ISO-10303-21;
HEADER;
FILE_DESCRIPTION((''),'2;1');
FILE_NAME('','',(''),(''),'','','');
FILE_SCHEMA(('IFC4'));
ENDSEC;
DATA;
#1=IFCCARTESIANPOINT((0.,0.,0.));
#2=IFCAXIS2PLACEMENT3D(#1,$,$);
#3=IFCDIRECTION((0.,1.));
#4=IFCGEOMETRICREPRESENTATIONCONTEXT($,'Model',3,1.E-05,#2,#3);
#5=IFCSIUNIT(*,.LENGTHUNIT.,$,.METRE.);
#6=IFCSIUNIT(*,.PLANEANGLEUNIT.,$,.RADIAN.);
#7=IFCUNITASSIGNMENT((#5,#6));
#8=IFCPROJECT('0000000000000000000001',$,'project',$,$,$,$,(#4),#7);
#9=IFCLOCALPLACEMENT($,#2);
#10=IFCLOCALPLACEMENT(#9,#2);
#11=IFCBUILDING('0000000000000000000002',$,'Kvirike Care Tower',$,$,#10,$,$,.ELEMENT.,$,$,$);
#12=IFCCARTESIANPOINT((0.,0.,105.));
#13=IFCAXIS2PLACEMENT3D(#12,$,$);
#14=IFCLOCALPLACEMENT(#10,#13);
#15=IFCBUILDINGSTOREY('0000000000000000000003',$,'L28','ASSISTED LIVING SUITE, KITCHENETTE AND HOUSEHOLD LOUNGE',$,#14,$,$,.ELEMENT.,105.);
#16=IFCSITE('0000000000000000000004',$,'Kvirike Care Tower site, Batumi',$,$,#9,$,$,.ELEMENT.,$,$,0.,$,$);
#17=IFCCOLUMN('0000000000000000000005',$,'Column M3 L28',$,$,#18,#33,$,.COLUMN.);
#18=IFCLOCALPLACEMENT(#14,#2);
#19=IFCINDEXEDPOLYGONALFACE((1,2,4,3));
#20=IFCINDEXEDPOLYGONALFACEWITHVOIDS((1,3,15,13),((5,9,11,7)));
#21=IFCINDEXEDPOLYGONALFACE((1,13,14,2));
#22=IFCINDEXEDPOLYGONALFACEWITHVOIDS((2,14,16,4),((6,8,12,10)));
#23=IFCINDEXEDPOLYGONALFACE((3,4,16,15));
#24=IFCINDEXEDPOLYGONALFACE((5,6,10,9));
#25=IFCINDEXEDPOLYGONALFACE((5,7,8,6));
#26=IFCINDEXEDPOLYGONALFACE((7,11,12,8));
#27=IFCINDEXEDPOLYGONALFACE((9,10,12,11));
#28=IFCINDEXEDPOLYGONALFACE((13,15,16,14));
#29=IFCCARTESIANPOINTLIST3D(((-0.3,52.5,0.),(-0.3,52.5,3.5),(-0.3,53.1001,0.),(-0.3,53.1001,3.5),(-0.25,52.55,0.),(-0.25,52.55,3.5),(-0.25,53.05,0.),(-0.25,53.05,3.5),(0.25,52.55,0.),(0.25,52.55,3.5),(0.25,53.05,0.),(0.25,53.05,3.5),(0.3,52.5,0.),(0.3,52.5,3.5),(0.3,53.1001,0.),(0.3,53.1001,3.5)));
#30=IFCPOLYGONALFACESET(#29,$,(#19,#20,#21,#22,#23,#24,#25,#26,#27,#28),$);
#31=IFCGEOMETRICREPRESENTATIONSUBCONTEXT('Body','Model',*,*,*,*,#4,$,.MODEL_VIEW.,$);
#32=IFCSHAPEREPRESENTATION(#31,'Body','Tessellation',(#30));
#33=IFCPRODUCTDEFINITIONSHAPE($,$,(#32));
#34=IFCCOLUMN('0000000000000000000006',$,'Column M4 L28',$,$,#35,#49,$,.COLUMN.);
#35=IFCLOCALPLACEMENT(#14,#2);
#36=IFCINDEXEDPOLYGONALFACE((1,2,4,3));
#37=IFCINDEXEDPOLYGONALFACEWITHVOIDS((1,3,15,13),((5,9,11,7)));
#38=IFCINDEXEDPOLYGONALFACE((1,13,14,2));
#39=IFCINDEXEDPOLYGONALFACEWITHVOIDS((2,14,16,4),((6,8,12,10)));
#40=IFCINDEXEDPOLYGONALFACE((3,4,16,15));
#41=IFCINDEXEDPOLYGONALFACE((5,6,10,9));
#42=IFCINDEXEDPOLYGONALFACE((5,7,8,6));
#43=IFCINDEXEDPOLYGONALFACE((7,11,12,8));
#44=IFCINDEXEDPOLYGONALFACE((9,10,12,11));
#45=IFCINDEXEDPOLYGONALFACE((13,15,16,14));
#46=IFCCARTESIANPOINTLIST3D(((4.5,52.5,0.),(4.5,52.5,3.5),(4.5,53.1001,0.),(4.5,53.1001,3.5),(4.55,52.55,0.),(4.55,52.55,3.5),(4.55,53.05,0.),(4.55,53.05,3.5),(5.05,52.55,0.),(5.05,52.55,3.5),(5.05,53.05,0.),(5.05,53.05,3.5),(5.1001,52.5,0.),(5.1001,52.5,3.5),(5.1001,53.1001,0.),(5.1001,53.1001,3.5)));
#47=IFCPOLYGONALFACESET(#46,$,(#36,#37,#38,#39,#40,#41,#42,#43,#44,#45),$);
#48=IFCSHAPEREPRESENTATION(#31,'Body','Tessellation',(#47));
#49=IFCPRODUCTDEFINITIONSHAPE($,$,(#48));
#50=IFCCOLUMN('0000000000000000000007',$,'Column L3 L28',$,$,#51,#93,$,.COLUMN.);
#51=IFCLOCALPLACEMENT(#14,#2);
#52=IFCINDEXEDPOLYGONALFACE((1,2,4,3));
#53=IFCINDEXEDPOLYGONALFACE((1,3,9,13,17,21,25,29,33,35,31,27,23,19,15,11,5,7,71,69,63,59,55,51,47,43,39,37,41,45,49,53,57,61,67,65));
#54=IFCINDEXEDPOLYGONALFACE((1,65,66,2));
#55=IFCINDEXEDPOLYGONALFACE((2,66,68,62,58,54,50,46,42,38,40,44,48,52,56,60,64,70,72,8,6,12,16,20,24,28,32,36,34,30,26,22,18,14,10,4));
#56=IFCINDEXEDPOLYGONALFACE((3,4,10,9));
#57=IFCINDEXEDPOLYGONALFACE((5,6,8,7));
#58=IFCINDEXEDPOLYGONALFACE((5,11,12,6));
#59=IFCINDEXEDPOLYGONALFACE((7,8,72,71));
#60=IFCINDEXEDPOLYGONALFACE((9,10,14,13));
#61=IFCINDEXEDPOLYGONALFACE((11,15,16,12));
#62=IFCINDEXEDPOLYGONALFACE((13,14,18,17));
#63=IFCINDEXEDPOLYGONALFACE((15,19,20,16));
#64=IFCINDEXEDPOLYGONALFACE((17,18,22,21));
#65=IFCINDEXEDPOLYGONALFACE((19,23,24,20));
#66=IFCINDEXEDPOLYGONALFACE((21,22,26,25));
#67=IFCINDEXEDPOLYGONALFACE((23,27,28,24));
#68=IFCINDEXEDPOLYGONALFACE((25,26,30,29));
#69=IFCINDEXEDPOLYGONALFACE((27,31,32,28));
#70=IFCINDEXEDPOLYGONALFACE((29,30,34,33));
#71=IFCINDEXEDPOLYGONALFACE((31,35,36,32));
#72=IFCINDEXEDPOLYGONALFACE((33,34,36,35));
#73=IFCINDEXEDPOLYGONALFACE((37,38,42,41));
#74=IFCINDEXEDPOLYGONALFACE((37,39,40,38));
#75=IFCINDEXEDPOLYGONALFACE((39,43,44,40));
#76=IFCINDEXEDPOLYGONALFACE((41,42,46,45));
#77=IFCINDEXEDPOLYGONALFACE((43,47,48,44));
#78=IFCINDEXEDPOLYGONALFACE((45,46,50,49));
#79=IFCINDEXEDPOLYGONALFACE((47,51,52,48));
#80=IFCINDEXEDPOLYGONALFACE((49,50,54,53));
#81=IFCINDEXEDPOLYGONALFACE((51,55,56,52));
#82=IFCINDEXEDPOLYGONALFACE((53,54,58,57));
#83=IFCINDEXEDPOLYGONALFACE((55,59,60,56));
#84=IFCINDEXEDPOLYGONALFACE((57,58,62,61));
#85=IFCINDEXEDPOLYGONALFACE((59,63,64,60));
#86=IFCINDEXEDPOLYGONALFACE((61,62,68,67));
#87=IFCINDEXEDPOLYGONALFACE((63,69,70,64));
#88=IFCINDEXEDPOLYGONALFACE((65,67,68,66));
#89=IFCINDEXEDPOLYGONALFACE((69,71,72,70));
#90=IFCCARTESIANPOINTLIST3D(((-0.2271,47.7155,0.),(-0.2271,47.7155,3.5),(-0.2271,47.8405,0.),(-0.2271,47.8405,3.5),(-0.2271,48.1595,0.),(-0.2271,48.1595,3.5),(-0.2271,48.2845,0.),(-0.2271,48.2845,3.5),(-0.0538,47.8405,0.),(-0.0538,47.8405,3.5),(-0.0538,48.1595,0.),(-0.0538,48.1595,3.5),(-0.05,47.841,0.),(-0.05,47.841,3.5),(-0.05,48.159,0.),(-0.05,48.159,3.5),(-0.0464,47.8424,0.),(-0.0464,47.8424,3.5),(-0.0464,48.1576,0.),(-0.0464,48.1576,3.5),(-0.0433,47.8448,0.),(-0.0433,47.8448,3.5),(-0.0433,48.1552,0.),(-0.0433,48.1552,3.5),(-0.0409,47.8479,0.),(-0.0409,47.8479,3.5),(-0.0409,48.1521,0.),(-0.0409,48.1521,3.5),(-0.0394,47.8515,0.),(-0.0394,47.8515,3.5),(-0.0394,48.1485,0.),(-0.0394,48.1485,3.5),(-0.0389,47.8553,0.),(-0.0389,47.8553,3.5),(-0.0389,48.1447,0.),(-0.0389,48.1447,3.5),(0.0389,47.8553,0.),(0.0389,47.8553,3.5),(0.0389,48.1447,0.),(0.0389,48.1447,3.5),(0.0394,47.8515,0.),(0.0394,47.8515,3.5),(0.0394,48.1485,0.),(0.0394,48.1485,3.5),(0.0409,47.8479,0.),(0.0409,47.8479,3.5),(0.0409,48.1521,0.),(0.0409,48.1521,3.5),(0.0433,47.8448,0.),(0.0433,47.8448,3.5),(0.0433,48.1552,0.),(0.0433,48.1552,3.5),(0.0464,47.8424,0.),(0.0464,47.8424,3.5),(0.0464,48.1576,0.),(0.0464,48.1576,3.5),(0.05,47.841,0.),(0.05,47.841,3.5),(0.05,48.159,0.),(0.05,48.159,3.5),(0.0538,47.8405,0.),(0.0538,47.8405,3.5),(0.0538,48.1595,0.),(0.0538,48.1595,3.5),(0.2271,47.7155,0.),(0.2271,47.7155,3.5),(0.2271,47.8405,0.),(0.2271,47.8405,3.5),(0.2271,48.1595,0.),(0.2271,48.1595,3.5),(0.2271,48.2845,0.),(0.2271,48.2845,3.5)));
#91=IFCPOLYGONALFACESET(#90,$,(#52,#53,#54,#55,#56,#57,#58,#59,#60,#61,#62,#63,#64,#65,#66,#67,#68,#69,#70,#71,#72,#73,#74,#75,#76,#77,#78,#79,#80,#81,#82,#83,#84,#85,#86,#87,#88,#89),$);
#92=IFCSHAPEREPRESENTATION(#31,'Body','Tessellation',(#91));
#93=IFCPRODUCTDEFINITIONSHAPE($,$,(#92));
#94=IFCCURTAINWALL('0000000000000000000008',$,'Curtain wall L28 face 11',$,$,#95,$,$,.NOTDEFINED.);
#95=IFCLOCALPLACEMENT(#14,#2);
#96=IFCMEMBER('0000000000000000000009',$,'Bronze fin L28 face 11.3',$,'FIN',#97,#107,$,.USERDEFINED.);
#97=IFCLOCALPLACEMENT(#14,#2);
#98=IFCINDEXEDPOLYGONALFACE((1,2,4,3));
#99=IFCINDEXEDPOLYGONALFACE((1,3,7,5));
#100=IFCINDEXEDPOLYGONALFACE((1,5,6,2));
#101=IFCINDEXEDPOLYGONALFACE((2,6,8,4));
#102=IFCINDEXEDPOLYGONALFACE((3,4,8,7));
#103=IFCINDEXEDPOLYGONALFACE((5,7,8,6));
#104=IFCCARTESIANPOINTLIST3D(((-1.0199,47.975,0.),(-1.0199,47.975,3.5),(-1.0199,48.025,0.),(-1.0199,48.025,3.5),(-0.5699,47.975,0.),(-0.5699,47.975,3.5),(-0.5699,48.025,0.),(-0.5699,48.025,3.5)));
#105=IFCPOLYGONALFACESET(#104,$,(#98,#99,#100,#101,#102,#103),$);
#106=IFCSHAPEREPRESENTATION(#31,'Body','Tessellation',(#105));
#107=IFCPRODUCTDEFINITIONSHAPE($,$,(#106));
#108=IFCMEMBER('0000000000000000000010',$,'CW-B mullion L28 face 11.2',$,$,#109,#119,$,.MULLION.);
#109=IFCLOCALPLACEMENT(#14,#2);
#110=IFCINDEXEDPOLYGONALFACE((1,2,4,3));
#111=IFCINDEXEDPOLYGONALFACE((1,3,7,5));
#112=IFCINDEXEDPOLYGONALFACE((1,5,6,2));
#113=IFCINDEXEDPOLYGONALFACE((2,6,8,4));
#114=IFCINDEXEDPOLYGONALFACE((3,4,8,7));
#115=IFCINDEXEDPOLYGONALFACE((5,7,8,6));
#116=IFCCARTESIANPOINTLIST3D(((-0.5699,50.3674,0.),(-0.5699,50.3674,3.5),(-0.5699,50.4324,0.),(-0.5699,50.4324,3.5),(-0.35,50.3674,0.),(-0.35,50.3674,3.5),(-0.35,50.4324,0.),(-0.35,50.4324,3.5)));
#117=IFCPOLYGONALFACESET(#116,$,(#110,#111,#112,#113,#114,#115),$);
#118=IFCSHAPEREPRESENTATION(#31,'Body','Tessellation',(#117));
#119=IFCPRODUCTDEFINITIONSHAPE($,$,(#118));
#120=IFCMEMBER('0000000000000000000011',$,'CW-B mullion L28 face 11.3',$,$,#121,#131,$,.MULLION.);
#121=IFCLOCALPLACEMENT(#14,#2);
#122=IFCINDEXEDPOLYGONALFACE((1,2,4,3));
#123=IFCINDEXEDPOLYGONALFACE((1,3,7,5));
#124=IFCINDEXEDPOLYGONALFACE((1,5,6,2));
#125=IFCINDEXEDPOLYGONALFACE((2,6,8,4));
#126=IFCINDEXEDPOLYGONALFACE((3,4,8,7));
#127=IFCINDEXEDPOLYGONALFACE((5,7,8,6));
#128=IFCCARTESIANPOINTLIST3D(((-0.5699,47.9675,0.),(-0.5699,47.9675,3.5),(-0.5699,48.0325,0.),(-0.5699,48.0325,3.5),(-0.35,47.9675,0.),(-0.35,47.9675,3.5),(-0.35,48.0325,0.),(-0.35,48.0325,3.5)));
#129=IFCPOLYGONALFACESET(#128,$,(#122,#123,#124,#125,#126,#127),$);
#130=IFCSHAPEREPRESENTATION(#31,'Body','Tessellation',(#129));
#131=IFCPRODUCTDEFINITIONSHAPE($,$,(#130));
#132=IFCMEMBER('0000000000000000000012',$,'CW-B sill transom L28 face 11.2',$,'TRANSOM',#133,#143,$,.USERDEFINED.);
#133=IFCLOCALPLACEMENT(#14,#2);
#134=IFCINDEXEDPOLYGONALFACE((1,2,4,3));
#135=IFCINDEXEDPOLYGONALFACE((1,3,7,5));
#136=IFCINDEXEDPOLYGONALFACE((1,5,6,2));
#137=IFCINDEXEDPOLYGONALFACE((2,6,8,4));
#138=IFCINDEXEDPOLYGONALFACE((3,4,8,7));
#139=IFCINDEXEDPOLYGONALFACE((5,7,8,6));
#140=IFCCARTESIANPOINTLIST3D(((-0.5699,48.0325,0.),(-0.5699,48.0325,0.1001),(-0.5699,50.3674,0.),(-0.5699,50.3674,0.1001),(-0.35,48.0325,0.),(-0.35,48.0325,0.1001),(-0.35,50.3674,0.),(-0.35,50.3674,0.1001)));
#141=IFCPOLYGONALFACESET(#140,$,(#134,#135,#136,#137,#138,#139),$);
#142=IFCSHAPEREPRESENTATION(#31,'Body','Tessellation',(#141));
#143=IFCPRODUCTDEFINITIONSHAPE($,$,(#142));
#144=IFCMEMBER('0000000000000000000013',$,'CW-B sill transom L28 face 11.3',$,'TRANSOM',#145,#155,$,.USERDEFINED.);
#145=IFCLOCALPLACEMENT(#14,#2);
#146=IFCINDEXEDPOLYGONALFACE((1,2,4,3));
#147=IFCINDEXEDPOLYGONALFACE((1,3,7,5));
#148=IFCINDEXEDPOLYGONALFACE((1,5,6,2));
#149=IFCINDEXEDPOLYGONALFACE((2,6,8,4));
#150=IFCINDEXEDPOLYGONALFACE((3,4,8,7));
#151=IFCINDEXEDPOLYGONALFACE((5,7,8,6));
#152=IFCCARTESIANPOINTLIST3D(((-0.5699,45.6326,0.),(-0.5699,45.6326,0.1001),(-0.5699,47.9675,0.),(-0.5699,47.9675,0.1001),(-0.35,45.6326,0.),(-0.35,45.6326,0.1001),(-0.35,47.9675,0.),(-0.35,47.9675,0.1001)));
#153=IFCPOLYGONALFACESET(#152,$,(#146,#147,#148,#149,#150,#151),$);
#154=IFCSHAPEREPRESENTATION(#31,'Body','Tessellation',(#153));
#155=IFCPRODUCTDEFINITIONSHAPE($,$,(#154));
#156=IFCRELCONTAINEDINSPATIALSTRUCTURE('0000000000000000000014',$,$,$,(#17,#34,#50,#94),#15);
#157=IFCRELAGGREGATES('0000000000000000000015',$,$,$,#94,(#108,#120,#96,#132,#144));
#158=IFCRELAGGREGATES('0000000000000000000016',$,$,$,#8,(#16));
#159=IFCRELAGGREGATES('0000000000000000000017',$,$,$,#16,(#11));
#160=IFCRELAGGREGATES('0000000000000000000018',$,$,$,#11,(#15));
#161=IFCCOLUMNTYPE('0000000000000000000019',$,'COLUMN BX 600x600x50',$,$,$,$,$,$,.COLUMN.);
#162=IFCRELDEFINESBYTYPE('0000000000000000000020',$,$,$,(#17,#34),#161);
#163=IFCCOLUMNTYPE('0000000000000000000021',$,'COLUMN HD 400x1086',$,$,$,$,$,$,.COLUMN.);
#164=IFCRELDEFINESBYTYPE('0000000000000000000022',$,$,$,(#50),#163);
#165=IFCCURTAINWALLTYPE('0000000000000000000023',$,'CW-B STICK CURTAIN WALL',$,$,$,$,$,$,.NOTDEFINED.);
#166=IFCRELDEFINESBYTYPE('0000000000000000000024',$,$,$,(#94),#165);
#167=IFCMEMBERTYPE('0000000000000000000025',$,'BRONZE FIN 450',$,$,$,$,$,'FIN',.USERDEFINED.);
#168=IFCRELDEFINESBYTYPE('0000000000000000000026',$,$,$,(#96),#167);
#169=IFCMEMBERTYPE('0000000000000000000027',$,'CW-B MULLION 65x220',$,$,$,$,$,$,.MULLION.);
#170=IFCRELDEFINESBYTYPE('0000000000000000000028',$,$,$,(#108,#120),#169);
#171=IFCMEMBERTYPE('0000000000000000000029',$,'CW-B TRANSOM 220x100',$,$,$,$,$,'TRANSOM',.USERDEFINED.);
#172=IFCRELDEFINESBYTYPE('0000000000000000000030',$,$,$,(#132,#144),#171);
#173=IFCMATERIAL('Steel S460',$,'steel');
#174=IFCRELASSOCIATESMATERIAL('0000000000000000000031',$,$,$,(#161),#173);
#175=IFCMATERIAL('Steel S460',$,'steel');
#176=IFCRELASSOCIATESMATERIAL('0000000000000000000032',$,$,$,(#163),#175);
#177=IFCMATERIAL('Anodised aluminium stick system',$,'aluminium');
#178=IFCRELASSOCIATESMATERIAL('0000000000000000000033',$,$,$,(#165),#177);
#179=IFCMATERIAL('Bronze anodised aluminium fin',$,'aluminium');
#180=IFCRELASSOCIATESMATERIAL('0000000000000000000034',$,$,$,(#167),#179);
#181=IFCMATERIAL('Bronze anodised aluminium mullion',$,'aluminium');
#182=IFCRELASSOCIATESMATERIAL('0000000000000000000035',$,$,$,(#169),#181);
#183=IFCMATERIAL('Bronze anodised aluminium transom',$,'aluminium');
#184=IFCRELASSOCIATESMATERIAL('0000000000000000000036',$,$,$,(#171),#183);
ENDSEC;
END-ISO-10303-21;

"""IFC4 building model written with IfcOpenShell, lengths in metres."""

from ifc_helpers import new_model, si_unit, direction, frame, origin, origin_2d, place, context, subcontext, project, spatial, rectangle, hollow_rectangle, i_section, extrude, material, material_profile, profile_set, type_object, element, aggregate, save


model = new_model("IFC4")

# Units and contexts
model_context = context("Model", 3, precision=1e-05, world=origin(), true_north=direction((0.0, 1.0)))
body_context = subcontext(model_context, "Body", "Model", "MODEL_VIEW")
ifc_project = project(units=[si_unit("LENGTHUNIT", "METRE"), si_unit("PLANEANGLEUNIT", "RADIAN")], contexts=[model_context])

# Site, building, storey
site_placement = place(None, origin())
site = spatial("IfcSite", under=ifc_project, at=site_placement, Name="Kvirike Care Tower site, Batumi", CompositionType="ELEMENT", RefElevation=0.0)
building_placement = place(site_placement, origin())
building = spatial("IfcBuilding", under=site, at=building_placement, Name="Kvirike Care Tower", CompositionType="ELEMENT")
storey_placement = place(building_placement, frame((0.0, 0.0, 105.0)))
storey = spatial("IfcBuildingStorey", under=building, at=storey_placement, Name="L28", Description="ASSISTED LIVING SUITE, KITCHENETTE AND HOUSEHOLD LOUNGE", CompositionType="ELEMENT", Elevation=105.0)

# Columns
ifc_material_1 = material(Name="Steel S460", Category="steel")
ifc_material_profile_1 = material_profile(ifc_material_1, hollow_rectangle(XDim=0.6001, YDim=0.6001, WallThickness=0.05, at=origin_2d()), Name="BX 600x600x50")
ifc_profile_set_1 = profile_set([ifc_material_profile_1], Name="Steel S460")
column_type_1 = type_object("IfcColumnType", Name="COLUMN BX 600x600x50", PredefinedType="COLUMN", material=ifc_profile_set_1)
for number, where, z_axis, x_axis, name in (
    (1, (0.0, 52.8, 0.0), (0.0, 0.0, 1.0), (0.0, 1.0, 0.0), "Column M3 L28"),
    (2, (4.8, 52.8, 0.0), (0.0, 0.0, 1.0), (0.0, 1.0, 0.0), "Column M4 L28"),
):
    element("IfcColumn", number, at=place(storey_placement, frame(where, z_axis=z_axis, x_axis=x_axis)), inside=storey, type_object=column_type_1, Name=name, PredefinedType="COLUMN", context=body_context, shape_type="SweptSolid", body=[
        extrude(hollow_rectangle(XDim=0.6001, YDim=0.6001, WallThickness=0.05, at=origin_2d()), origin(), (0.0, 0.0, 1.0), 3.5),
    ])
ifc_material_2 = material(Name="Steel S460", Category="steel")
ifc_material_profile_2 = material_profile(ifc_material_2, i_section(OverallWidth=0.4541, OverallDepth=0.5691, WebThickness=0.0779, FlangeThickness=0.125, FilletRadius=0.0149, at=origin_2d()), Name="HD 400x1086")
ifc_profile_set_2 = profile_set([ifc_material_profile_2], Name="Steel S460")
column_type_2 = type_object("IfcColumnType", Name="COLUMN HD 400x1086", PredefinedType="COLUMN", material=ifc_profile_set_2)
column_placement = place(storey_placement, frame((0.0, 48.0, 0.0), z_axis=(0.0, 0.0, 1.0), x_axis=(1.0, 0.0, 0.0)))
element("IfcColumn", 3, at=column_placement, inside=storey, type_object=column_type_2, Name="Column L3 L28", PredefinedType="COLUMN", context=body_context, shape_type="SweptSolid", body=[
    extrude(i_section(OverallWidth=0.4541, OverallDepth=0.5691, WebThickness=0.0779, FlangeThickness=0.125, FilletRadius=0.0149, at=origin_2d()), origin(), (0.0, 0.0, 1.0), 3.5),
])

# Curtain wall, members
ifc_material_3 = material(Name="Anodised aluminium stick system", Category="aluminium")
curtain_wall_type = type_object("IfcCurtainWallType", Name="CW-B STICK CURTAIN WALL", PredefinedType="NOTDEFINED", material=ifc_material_3)
curtain_wall_placement = place(storey_placement, origin())
curtain_wall = element("IfcCurtainWall", 4, at=curtain_wall_placement, inside=storey, type_object=curtain_wall_type, Name="Curtain wall L28 face 11", PredefinedType="NOTDEFINED")
ifc_material_4 = material(Name="Bronze anodised aluminium fin", Category="aluminium")
ifc_material_profile_3 = material_profile(ifc_material_4, rectangle(XDim=0.05, YDim=0.45, at=origin_2d()), Name="BRONZE FIN 450")
ifc_profile_set_3 = profile_set([ifc_material_profile_3], Name="Bronze anodised aluminium fin")
member_type_1 = type_object("IfcMemberType", Name="BRONZE FIN 450", ElementType="FIN", PredefinedType="USERDEFINED", material=ifc_profile_set_3)
member_1_placement = place(storey_placement, frame((-0.7949, 48.0, 0.0), z_axis=(0.0, 0.0, 1.0), x_axis=(0.0, -1.0, 0.0)))
member_1 = element("IfcMember", 5, at=member_1_placement, type_object=member_type_1, Name="Bronze fin L28 face 11.3", ObjectType="FIN", PredefinedType="USERDEFINED", context=body_context, shape_type="SweptSolid", body=[
    extrude(rectangle(XDim=0.05, YDim=0.45, at=origin_2d()), origin(), (0.0, 0.0, 1.0), 3.5),
])
ifc_material_5 = material(Name="Bronze anodised aluminium mullion", Category="aluminium")
ifc_material_profile_4 = material_profile(ifc_material_5, rectangle(XDim=0.0649, YDim=0.22, at=origin_2d()), Name="CW-B MULLION 65x220")
ifc_profile_set_4 = profile_set([ifc_material_profile_4], Name="Bronze anodised aluminium mullion")
member_type_2 = type_object("IfcMemberType", Name="CW-B MULLION 65x220", PredefinedType="MULLION", material=ifc_profile_set_4)
member_2_placement = place(storey_placement, frame((-0.46, 50.3999, 0.0), z_axis=(0.0, 0.0, 1.0), x_axis=(0.0, -1.0, 0.0)))
member_2 = element("IfcMember", 6, at=member_2_placement, type_object=member_type_2, Name="CW-B mullion L28 face 11.2", PredefinedType="MULLION", context=body_context, shape_type="SweptSolid", body=[
    extrude(rectangle(XDim=0.0649, YDim=0.22, at=origin_2d()), origin(), (0.0, 0.0, 1.0), 3.5),
])
member_3_placement = place(storey_placement, frame((-0.46, 48.0, 0.0), z_axis=(0.0, 0.0, 1.0), x_axis=(0.0, -1.0, 0.0)))
member_3 = element("IfcMember", 7, at=member_3_placement, type_object=member_type_2, Name="CW-B mullion L28 face 11.3", PredefinedType="MULLION", context=body_context, shape_type="SweptSolid", body=[
    extrude(rectangle(XDim=0.0649, YDim=0.22, at=origin_2d()), origin(), (0.0, 0.0, 1.0), 3.5),
])
ifc_material_6 = material(Name="Bronze anodised aluminium transom", Category="aluminium")
ifc_material_profile_5 = material_profile(ifc_material_6, rectangle(XDim=0.22, YDim=0.1001, at=origin_2d()), Name="CW-B TRANSOM 220x100")
ifc_profile_set_5 = profile_set([ifc_material_profile_5], Name="Bronze anodised aluminium transom")
member_type_3 = type_object("IfcMemberType", Name="CW-B TRANSOM 220x100", ElementType="TRANSOM", PredefinedType="USERDEFINED", material=ifc_profile_set_5)
member_4_placement = place(storey_placement, frame((-0.46, 50.3674, 0.05), z_axis=(0.0, -1.0, 0.0), x_axis=(1.0, 0.0, 0.0)))
member_4 = element("IfcMember", 8, at=member_4_placement, type_object=member_type_3, Name="CW-B sill transom L28 face 11.2", ObjectType="TRANSOM", PredefinedType="USERDEFINED", context=body_context, shape_type="SweptSolid", body=[
    extrude(rectangle(XDim=0.22, YDim=0.1001, at=origin_2d()), origin(), (0.0, 0.0, 1.0), 2.335),
])
member_5_placement = place(storey_placement, frame((-0.46, 47.9675, 0.05), z_axis=(0.0, -1.0, 0.0), x_axis=(1.0, 0.0, 0.0)))
member_5 = element("IfcMember", 9, at=member_5_placement, type_object=member_type_3, Name="CW-B sill transom L28 face 11.3", ObjectType="TRANSOM", PredefinedType="USERDEFINED", context=body_context, shape_type="SweptSolid", body=[
    extrude(rectangle(XDim=0.22, YDim=0.1001, at=origin_2d()), origin(), (0.0, 0.0, 1.0), 2.335),
])

aggregate(curtain_wall, [member_2, member_3, member_1, member_4, member_5])

save(model, "model.ifc")
